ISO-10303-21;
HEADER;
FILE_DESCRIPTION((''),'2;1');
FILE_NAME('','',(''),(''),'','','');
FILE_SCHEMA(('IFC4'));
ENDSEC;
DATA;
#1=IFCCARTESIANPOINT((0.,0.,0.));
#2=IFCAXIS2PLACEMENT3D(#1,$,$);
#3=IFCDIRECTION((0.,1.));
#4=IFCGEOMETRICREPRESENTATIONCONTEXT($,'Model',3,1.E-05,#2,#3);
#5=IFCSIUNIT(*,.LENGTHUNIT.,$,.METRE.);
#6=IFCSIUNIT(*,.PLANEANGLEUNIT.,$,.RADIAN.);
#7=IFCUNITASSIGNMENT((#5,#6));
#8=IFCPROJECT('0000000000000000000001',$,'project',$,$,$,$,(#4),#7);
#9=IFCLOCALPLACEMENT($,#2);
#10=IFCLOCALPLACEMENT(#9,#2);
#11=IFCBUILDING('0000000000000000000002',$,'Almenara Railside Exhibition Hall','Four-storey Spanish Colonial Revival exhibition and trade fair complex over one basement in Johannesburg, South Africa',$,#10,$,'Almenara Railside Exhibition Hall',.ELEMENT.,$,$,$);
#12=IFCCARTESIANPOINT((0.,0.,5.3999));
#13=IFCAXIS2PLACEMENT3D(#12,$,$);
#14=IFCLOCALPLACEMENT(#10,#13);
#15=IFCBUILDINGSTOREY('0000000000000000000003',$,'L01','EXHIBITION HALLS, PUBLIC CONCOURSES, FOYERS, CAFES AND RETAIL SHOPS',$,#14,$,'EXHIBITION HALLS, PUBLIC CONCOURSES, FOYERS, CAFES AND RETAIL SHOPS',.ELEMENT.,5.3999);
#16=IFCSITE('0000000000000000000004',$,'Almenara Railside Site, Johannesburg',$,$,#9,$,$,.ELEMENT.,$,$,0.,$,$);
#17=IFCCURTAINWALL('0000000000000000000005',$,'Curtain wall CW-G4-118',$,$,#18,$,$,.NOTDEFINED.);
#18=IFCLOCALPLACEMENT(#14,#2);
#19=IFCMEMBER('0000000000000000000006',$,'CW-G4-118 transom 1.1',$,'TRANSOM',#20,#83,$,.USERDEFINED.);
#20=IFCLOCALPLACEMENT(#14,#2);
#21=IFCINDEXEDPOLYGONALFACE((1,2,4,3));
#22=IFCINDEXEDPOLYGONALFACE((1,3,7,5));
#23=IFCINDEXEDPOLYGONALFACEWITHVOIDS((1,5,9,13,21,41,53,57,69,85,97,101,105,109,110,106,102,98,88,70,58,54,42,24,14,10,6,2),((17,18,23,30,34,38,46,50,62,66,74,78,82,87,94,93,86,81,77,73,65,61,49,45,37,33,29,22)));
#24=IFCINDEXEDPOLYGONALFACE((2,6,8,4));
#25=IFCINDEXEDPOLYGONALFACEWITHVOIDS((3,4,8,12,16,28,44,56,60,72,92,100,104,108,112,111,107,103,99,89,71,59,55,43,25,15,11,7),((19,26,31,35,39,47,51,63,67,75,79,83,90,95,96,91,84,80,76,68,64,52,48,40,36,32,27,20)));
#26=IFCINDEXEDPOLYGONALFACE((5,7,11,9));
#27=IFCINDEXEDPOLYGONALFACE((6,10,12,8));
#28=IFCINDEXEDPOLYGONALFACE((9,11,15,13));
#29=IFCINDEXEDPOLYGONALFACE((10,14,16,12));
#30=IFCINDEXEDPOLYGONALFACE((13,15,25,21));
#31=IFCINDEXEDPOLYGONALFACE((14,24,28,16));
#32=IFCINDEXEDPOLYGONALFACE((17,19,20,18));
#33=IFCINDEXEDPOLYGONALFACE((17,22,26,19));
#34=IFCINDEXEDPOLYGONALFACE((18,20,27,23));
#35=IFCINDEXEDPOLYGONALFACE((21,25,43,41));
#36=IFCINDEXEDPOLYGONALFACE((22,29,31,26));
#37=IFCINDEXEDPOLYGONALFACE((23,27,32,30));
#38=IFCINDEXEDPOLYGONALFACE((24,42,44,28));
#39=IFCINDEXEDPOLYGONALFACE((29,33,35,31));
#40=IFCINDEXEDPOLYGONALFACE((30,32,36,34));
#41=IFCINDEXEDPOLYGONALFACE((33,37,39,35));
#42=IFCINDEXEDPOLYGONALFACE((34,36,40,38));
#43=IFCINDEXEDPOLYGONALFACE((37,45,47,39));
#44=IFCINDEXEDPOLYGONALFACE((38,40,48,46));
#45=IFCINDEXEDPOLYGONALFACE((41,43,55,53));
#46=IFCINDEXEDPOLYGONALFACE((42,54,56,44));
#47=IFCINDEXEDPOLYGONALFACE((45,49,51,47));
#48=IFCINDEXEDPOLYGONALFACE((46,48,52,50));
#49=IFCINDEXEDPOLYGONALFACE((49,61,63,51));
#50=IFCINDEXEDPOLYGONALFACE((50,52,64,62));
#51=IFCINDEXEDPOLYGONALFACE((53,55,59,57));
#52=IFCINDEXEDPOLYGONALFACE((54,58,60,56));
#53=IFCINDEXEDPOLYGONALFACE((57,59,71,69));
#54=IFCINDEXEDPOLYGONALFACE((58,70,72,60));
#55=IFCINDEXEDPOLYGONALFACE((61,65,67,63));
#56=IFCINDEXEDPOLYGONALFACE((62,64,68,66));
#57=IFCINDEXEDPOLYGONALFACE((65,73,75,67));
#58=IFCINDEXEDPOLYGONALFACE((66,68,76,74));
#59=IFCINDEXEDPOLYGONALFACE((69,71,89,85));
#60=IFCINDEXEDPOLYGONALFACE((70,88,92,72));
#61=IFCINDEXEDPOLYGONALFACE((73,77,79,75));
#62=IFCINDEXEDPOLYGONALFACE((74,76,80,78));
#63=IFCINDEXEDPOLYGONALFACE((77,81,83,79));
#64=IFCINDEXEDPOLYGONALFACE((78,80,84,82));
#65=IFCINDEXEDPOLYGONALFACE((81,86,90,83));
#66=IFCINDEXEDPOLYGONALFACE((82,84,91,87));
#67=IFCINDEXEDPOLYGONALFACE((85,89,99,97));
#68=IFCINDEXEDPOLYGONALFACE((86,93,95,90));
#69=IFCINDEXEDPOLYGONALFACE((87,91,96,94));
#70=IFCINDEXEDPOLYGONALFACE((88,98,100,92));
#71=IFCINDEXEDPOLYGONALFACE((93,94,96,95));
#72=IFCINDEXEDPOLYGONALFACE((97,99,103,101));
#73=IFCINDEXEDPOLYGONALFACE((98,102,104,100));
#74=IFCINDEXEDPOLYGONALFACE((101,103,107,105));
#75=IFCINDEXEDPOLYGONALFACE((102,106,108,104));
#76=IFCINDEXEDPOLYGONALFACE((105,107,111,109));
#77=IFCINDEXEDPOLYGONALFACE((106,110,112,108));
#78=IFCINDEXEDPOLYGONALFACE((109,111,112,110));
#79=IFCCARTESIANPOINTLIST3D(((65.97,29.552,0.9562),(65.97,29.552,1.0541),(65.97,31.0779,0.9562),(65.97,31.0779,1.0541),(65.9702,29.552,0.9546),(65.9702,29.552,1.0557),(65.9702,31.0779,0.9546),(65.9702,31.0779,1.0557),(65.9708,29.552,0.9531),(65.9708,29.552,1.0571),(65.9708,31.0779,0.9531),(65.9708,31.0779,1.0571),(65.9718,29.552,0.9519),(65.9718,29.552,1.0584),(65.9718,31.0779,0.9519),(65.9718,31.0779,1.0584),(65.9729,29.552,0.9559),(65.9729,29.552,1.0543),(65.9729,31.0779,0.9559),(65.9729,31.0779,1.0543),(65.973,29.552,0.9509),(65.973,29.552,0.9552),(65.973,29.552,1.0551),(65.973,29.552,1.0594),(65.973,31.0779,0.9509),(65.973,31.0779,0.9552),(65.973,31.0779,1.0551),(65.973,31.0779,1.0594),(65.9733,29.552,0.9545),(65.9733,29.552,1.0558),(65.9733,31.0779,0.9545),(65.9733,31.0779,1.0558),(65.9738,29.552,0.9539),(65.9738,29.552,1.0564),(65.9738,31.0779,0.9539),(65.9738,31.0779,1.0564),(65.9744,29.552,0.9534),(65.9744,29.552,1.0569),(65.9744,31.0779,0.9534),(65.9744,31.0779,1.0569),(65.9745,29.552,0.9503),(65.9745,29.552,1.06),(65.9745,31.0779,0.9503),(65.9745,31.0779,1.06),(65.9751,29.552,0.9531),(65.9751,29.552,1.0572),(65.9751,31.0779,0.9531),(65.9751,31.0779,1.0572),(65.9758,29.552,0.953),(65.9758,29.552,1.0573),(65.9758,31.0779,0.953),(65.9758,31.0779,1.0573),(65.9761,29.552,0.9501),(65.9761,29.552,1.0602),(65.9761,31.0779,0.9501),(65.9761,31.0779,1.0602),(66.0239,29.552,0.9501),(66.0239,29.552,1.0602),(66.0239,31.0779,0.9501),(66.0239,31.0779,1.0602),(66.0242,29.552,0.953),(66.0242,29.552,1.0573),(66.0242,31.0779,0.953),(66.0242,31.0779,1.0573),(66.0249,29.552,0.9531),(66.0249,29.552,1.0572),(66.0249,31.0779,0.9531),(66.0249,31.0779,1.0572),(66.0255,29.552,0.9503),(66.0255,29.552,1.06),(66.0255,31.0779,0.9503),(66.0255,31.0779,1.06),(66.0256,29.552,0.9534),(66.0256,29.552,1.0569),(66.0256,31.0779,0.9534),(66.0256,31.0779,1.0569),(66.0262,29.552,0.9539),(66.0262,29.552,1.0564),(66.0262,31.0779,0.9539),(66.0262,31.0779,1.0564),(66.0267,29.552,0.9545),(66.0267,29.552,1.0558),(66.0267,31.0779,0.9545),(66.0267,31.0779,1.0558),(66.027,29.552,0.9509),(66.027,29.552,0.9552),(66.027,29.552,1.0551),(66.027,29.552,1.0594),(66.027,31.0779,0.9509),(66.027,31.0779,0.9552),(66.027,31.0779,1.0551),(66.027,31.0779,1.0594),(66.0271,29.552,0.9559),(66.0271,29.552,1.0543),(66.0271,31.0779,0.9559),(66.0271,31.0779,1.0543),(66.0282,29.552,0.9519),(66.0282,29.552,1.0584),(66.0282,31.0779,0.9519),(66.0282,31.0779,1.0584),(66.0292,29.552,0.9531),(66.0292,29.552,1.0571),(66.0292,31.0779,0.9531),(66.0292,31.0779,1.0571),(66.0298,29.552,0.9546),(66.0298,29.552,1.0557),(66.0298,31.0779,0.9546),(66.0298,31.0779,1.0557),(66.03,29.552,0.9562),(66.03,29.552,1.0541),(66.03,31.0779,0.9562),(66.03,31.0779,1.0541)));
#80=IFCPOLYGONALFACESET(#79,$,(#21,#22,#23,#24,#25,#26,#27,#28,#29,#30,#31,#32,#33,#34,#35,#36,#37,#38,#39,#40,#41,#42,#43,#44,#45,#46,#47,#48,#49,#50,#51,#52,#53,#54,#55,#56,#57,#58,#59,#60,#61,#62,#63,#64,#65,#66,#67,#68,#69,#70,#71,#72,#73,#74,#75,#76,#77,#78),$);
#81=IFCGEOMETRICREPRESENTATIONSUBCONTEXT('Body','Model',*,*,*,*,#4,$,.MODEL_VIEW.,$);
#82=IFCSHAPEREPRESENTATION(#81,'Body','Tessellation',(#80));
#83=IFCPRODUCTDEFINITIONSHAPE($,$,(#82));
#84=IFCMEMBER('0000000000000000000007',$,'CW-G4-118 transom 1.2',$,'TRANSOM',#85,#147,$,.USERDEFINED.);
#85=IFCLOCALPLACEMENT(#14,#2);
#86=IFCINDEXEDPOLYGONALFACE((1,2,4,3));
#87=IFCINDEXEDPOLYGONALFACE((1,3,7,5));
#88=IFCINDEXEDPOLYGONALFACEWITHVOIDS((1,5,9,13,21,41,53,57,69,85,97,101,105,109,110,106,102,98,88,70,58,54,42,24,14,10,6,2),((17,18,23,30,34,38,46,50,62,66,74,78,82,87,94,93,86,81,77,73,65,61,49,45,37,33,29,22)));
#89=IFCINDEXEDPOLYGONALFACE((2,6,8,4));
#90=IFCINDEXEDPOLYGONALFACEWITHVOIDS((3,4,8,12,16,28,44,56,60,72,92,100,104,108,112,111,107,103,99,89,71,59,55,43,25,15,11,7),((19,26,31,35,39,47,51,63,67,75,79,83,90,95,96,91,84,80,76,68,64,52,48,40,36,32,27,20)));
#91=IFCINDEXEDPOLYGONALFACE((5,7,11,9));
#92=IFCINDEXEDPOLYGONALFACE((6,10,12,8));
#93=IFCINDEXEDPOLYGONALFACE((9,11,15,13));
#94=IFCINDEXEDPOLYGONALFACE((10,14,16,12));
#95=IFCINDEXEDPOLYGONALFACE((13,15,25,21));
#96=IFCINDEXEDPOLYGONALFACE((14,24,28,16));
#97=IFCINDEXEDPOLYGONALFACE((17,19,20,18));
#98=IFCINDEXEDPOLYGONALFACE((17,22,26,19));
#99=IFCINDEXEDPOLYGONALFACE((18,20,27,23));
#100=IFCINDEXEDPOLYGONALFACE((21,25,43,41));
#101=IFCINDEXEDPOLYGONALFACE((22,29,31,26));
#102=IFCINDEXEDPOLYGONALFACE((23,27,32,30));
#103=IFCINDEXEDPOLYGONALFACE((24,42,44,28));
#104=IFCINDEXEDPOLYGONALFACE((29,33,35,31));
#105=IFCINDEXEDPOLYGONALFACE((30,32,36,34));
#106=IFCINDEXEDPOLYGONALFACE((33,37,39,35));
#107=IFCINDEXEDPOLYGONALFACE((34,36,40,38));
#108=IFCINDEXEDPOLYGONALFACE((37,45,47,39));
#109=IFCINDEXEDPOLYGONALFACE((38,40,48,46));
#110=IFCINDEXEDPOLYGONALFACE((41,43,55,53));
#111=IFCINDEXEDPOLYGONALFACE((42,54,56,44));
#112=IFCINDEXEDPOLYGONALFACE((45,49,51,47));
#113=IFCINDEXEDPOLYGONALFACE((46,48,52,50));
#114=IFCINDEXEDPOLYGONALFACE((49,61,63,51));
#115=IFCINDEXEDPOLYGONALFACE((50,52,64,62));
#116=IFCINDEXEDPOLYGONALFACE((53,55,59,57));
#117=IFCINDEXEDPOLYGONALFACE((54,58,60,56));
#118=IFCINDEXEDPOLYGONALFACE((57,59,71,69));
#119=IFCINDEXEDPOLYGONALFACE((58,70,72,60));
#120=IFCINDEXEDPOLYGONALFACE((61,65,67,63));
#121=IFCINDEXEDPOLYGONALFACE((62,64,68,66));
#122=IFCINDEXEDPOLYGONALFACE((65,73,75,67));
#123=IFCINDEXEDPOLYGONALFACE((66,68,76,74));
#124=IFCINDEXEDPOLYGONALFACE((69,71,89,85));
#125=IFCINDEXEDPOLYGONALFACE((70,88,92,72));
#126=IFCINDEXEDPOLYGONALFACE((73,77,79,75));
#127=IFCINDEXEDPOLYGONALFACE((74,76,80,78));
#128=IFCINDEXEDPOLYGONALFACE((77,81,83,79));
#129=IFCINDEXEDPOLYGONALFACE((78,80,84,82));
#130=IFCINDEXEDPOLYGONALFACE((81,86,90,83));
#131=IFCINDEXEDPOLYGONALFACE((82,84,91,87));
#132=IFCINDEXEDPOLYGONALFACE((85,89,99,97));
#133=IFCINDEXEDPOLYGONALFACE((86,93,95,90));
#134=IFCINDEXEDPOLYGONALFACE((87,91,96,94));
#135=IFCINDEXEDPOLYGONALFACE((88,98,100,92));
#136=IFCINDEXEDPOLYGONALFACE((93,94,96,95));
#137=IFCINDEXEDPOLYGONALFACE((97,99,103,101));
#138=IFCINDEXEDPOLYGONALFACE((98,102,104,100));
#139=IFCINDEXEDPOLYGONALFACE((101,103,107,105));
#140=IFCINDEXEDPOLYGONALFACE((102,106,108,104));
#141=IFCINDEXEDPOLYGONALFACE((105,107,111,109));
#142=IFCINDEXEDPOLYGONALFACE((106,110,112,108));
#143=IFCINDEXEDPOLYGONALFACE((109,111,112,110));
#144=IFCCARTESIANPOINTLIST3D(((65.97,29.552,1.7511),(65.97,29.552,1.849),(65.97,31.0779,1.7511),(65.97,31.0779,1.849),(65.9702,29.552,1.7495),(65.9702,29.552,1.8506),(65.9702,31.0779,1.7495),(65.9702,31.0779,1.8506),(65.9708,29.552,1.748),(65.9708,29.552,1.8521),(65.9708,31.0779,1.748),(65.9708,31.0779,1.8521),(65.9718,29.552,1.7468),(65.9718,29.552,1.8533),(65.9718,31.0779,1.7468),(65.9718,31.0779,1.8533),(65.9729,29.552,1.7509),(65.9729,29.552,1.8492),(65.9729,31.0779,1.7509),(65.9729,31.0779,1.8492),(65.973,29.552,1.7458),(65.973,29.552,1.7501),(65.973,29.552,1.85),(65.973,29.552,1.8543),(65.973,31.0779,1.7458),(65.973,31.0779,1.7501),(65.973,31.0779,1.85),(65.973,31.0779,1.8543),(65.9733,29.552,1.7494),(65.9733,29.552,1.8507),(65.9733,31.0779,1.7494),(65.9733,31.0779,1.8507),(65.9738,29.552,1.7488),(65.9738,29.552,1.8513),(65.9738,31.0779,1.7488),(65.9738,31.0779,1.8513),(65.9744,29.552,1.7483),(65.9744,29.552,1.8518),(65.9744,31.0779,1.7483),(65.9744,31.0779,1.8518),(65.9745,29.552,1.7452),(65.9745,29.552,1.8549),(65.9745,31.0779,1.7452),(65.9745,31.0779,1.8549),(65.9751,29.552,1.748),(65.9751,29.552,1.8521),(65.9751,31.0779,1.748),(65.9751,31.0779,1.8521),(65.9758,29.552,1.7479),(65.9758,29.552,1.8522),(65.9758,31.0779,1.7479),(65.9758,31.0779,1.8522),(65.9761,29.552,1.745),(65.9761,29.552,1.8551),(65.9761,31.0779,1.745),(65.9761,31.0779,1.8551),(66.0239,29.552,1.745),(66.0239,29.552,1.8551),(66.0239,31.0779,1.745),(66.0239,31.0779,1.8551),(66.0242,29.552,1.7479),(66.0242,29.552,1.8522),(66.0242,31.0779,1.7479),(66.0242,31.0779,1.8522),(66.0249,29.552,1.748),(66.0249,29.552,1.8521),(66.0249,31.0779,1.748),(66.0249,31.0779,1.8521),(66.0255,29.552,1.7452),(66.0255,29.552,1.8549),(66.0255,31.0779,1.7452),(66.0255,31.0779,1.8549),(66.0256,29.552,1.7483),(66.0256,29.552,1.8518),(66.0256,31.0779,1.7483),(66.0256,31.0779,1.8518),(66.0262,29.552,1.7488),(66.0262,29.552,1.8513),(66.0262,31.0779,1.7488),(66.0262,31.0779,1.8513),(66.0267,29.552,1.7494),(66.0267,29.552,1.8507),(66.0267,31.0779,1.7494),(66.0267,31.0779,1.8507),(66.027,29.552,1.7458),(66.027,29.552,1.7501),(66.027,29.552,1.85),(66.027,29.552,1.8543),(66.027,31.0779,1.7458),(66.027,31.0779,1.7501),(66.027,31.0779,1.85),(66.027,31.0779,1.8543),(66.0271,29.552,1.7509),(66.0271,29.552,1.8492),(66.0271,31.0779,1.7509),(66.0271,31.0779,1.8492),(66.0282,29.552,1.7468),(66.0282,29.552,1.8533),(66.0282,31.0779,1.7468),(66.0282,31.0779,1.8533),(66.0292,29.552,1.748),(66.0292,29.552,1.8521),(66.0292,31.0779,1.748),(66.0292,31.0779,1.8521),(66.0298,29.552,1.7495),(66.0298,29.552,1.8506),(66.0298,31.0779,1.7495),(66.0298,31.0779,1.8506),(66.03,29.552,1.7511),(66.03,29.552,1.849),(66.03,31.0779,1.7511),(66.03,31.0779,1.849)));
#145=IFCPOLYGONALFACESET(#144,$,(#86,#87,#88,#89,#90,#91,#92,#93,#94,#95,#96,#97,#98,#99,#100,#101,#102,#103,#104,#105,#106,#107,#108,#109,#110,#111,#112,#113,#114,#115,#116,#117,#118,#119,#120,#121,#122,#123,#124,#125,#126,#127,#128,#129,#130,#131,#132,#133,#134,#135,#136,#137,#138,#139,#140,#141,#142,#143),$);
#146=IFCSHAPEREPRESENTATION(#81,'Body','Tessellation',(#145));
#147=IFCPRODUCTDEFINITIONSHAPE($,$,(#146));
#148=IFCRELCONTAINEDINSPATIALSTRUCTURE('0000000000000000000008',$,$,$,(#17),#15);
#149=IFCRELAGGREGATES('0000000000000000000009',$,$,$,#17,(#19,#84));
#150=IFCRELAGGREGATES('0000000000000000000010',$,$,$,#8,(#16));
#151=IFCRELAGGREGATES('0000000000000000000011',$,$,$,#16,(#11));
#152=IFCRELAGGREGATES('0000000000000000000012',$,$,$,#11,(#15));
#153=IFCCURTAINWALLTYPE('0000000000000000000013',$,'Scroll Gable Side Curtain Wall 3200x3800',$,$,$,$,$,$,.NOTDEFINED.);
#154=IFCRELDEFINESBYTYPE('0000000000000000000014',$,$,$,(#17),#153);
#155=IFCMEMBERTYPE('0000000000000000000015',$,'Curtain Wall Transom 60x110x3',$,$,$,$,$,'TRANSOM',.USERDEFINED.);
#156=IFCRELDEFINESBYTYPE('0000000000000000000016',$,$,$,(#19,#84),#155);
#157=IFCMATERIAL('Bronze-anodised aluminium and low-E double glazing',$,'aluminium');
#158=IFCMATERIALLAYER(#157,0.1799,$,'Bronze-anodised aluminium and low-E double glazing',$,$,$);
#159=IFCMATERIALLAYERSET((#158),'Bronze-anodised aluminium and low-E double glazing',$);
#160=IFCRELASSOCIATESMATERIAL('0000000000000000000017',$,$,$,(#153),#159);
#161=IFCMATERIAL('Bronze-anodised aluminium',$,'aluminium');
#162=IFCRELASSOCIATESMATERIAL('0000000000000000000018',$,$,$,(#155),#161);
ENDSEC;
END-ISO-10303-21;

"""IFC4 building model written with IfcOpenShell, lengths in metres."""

from ifc_helpers import new_model, si_unit, direction, frame, origin, origin_2d, place, context, subcontext, project, spatial, hollow_rectangle, extrude, material, layer, layer_set, material_profile, profile_set, type_object, element, aggregate, save


model = new_model("IFC4")

# Units and contexts
model_context = context("Model", 3, precision=1e-05, world=origin(), true_north=direction((0.0, 1.0)))
body_context = subcontext(model_context, "Body", "Model", "MODEL_VIEW")
ifc_project = project(units=[si_unit("LENGTHUNIT", "METRE"), si_unit("PLANEANGLEUNIT", "RADIAN")], contexts=[model_context])

# Site, building, storey
site_placement = place(None, origin())
site = spatial("IfcSite", under=ifc_project, at=site_placement, Name="Almenara Railside Site, Johannesburg", CompositionType="ELEMENT", RefElevation=0.0)
building_placement = place(site_placement, origin())
building = spatial("IfcBuilding", under=site, at=building_placement, Name="Almenara Railside Exhibition Hall", Description="Four-storey Spanish Colonial Revival exhibition and trade fair complex over one basement in Johannesburg, South Africa", LongName="Almenara Railside Exhibition Hall", CompositionType="ELEMENT")
storey_placement = place(building_placement, frame((0.0, 0.0, 5.3999)))
storey = spatial("IfcBuildingStorey", under=building, at=storey_placement, Name="L01", Description="EXHIBITION HALLS, PUBLIC CONCOURSES, FOYERS, CAFES AND RETAIL SHOPS", LongName="EXHIBITION HALLS, PUBLIC CONCOURSES, FOYERS, CAFES AND RETAIL SHOPS", CompositionType="ELEMENT", Elevation=5.3999)

# Curtain wall
ifc_material_1 = material(Name="Bronze-anodised aluminium and low-E double glazing", Category="aluminium")
ifc_layer_1 = layer(ifc_material_1, 0.1799, Name="Bronze-anodised aluminium and low-E double glazing")
ifc_layer_set_1 = layer_set([ifc_layer_1], Name="Bronze-anodised aluminium and low-E double glazing")
curtain_wall_type = type_object("IfcCurtainWallType", Name="Scroll Gable Side Curtain Wall 3200x3800", PredefinedType="NOTDEFINED", material=ifc_layer_set_1)
curtain_wall_1_placement = place(storey_placement, origin())
curtain_wall_1 = element("IfcCurtainWall", 1, at=curtain_wall_1_placement, inside=storey, type_object=curtain_wall_type, Name="Curtain wall CW-G4-118", PredefinedType="NOTDEFINED")
ifc_material_2 = material(Name="Bronze-anodised aluminium", Category="aluminium")

# Members
ifc_material_profile_1 = material_profile(ifc_material_2, hollow_rectangle(XDim=0.0601, YDim=0.1101, WallThickness=0.0029, InnerFilletRadius=0.0029, OuterFilletRadius=0.0061, at=origin_2d()), Name="ALU-TRN 60x110x3")
ifc_profile_set_1 = profile_set([ifc_material_profile_1], Name="Bronze-anodised aluminium")
member_type_1 = type_object("IfcMemberType", Name="Curtain Wall Transom 60x110x3", ElementType="TRANSOM", PredefinedType="USERDEFINED", material=ifc_profile_set_1)
member_1_placement = place(storey_placement, frame((66.0, 29.552, 1.0051), z_axis=(0.0, 1.0, 0.0), x_axis=(-1.0, 0.0, 0.0)))
member_1 = element("IfcMember", 2, at=member_1_placement, type_object=member_type_1, Name="CW-G4-118 transom 1.1", ObjectType="TRANSOM", PredefinedType="USERDEFINED", context=body_context, shape_type="SweptSolid", body=[
    extrude(hollow_rectangle(XDim=0.0601, YDim=0.1101, WallThickness=0.0029, InnerFilletRadius=0.0029, OuterFilletRadius=0.0061, at=origin_2d()), origin(), (0.0, 0.0, 1.0), 1.5259),
])
member_2_placement = place(storey_placement, frame((66.0, 29.552, 1.8), z_axis=(0.0, 1.0, 0.0), x_axis=(-1.0, 0.0, 0.0)))
member_2 = element("IfcMember", 3, at=member_2_placement, type_object=member_type_1, Name="CW-G4-118 transom 1.2", ObjectType="TRANSOM", PredefinedType="USERDEFINED", context=body_context, shape_type="SweptSolid", body=[
    extrude(hollow_rectangle(XDim=0.0601, YDim=0.1101, WallThickness=0.0029, InnerFilletRadius=0.0029, OuterFilletRadius=0.0061, at=origin_2d()), origin(), (0.0, 0.0, 1.0), 1.5259),
])

aggregate(curtain_wall_1, [member_1, member_2])

save(model, "model.ifc")
